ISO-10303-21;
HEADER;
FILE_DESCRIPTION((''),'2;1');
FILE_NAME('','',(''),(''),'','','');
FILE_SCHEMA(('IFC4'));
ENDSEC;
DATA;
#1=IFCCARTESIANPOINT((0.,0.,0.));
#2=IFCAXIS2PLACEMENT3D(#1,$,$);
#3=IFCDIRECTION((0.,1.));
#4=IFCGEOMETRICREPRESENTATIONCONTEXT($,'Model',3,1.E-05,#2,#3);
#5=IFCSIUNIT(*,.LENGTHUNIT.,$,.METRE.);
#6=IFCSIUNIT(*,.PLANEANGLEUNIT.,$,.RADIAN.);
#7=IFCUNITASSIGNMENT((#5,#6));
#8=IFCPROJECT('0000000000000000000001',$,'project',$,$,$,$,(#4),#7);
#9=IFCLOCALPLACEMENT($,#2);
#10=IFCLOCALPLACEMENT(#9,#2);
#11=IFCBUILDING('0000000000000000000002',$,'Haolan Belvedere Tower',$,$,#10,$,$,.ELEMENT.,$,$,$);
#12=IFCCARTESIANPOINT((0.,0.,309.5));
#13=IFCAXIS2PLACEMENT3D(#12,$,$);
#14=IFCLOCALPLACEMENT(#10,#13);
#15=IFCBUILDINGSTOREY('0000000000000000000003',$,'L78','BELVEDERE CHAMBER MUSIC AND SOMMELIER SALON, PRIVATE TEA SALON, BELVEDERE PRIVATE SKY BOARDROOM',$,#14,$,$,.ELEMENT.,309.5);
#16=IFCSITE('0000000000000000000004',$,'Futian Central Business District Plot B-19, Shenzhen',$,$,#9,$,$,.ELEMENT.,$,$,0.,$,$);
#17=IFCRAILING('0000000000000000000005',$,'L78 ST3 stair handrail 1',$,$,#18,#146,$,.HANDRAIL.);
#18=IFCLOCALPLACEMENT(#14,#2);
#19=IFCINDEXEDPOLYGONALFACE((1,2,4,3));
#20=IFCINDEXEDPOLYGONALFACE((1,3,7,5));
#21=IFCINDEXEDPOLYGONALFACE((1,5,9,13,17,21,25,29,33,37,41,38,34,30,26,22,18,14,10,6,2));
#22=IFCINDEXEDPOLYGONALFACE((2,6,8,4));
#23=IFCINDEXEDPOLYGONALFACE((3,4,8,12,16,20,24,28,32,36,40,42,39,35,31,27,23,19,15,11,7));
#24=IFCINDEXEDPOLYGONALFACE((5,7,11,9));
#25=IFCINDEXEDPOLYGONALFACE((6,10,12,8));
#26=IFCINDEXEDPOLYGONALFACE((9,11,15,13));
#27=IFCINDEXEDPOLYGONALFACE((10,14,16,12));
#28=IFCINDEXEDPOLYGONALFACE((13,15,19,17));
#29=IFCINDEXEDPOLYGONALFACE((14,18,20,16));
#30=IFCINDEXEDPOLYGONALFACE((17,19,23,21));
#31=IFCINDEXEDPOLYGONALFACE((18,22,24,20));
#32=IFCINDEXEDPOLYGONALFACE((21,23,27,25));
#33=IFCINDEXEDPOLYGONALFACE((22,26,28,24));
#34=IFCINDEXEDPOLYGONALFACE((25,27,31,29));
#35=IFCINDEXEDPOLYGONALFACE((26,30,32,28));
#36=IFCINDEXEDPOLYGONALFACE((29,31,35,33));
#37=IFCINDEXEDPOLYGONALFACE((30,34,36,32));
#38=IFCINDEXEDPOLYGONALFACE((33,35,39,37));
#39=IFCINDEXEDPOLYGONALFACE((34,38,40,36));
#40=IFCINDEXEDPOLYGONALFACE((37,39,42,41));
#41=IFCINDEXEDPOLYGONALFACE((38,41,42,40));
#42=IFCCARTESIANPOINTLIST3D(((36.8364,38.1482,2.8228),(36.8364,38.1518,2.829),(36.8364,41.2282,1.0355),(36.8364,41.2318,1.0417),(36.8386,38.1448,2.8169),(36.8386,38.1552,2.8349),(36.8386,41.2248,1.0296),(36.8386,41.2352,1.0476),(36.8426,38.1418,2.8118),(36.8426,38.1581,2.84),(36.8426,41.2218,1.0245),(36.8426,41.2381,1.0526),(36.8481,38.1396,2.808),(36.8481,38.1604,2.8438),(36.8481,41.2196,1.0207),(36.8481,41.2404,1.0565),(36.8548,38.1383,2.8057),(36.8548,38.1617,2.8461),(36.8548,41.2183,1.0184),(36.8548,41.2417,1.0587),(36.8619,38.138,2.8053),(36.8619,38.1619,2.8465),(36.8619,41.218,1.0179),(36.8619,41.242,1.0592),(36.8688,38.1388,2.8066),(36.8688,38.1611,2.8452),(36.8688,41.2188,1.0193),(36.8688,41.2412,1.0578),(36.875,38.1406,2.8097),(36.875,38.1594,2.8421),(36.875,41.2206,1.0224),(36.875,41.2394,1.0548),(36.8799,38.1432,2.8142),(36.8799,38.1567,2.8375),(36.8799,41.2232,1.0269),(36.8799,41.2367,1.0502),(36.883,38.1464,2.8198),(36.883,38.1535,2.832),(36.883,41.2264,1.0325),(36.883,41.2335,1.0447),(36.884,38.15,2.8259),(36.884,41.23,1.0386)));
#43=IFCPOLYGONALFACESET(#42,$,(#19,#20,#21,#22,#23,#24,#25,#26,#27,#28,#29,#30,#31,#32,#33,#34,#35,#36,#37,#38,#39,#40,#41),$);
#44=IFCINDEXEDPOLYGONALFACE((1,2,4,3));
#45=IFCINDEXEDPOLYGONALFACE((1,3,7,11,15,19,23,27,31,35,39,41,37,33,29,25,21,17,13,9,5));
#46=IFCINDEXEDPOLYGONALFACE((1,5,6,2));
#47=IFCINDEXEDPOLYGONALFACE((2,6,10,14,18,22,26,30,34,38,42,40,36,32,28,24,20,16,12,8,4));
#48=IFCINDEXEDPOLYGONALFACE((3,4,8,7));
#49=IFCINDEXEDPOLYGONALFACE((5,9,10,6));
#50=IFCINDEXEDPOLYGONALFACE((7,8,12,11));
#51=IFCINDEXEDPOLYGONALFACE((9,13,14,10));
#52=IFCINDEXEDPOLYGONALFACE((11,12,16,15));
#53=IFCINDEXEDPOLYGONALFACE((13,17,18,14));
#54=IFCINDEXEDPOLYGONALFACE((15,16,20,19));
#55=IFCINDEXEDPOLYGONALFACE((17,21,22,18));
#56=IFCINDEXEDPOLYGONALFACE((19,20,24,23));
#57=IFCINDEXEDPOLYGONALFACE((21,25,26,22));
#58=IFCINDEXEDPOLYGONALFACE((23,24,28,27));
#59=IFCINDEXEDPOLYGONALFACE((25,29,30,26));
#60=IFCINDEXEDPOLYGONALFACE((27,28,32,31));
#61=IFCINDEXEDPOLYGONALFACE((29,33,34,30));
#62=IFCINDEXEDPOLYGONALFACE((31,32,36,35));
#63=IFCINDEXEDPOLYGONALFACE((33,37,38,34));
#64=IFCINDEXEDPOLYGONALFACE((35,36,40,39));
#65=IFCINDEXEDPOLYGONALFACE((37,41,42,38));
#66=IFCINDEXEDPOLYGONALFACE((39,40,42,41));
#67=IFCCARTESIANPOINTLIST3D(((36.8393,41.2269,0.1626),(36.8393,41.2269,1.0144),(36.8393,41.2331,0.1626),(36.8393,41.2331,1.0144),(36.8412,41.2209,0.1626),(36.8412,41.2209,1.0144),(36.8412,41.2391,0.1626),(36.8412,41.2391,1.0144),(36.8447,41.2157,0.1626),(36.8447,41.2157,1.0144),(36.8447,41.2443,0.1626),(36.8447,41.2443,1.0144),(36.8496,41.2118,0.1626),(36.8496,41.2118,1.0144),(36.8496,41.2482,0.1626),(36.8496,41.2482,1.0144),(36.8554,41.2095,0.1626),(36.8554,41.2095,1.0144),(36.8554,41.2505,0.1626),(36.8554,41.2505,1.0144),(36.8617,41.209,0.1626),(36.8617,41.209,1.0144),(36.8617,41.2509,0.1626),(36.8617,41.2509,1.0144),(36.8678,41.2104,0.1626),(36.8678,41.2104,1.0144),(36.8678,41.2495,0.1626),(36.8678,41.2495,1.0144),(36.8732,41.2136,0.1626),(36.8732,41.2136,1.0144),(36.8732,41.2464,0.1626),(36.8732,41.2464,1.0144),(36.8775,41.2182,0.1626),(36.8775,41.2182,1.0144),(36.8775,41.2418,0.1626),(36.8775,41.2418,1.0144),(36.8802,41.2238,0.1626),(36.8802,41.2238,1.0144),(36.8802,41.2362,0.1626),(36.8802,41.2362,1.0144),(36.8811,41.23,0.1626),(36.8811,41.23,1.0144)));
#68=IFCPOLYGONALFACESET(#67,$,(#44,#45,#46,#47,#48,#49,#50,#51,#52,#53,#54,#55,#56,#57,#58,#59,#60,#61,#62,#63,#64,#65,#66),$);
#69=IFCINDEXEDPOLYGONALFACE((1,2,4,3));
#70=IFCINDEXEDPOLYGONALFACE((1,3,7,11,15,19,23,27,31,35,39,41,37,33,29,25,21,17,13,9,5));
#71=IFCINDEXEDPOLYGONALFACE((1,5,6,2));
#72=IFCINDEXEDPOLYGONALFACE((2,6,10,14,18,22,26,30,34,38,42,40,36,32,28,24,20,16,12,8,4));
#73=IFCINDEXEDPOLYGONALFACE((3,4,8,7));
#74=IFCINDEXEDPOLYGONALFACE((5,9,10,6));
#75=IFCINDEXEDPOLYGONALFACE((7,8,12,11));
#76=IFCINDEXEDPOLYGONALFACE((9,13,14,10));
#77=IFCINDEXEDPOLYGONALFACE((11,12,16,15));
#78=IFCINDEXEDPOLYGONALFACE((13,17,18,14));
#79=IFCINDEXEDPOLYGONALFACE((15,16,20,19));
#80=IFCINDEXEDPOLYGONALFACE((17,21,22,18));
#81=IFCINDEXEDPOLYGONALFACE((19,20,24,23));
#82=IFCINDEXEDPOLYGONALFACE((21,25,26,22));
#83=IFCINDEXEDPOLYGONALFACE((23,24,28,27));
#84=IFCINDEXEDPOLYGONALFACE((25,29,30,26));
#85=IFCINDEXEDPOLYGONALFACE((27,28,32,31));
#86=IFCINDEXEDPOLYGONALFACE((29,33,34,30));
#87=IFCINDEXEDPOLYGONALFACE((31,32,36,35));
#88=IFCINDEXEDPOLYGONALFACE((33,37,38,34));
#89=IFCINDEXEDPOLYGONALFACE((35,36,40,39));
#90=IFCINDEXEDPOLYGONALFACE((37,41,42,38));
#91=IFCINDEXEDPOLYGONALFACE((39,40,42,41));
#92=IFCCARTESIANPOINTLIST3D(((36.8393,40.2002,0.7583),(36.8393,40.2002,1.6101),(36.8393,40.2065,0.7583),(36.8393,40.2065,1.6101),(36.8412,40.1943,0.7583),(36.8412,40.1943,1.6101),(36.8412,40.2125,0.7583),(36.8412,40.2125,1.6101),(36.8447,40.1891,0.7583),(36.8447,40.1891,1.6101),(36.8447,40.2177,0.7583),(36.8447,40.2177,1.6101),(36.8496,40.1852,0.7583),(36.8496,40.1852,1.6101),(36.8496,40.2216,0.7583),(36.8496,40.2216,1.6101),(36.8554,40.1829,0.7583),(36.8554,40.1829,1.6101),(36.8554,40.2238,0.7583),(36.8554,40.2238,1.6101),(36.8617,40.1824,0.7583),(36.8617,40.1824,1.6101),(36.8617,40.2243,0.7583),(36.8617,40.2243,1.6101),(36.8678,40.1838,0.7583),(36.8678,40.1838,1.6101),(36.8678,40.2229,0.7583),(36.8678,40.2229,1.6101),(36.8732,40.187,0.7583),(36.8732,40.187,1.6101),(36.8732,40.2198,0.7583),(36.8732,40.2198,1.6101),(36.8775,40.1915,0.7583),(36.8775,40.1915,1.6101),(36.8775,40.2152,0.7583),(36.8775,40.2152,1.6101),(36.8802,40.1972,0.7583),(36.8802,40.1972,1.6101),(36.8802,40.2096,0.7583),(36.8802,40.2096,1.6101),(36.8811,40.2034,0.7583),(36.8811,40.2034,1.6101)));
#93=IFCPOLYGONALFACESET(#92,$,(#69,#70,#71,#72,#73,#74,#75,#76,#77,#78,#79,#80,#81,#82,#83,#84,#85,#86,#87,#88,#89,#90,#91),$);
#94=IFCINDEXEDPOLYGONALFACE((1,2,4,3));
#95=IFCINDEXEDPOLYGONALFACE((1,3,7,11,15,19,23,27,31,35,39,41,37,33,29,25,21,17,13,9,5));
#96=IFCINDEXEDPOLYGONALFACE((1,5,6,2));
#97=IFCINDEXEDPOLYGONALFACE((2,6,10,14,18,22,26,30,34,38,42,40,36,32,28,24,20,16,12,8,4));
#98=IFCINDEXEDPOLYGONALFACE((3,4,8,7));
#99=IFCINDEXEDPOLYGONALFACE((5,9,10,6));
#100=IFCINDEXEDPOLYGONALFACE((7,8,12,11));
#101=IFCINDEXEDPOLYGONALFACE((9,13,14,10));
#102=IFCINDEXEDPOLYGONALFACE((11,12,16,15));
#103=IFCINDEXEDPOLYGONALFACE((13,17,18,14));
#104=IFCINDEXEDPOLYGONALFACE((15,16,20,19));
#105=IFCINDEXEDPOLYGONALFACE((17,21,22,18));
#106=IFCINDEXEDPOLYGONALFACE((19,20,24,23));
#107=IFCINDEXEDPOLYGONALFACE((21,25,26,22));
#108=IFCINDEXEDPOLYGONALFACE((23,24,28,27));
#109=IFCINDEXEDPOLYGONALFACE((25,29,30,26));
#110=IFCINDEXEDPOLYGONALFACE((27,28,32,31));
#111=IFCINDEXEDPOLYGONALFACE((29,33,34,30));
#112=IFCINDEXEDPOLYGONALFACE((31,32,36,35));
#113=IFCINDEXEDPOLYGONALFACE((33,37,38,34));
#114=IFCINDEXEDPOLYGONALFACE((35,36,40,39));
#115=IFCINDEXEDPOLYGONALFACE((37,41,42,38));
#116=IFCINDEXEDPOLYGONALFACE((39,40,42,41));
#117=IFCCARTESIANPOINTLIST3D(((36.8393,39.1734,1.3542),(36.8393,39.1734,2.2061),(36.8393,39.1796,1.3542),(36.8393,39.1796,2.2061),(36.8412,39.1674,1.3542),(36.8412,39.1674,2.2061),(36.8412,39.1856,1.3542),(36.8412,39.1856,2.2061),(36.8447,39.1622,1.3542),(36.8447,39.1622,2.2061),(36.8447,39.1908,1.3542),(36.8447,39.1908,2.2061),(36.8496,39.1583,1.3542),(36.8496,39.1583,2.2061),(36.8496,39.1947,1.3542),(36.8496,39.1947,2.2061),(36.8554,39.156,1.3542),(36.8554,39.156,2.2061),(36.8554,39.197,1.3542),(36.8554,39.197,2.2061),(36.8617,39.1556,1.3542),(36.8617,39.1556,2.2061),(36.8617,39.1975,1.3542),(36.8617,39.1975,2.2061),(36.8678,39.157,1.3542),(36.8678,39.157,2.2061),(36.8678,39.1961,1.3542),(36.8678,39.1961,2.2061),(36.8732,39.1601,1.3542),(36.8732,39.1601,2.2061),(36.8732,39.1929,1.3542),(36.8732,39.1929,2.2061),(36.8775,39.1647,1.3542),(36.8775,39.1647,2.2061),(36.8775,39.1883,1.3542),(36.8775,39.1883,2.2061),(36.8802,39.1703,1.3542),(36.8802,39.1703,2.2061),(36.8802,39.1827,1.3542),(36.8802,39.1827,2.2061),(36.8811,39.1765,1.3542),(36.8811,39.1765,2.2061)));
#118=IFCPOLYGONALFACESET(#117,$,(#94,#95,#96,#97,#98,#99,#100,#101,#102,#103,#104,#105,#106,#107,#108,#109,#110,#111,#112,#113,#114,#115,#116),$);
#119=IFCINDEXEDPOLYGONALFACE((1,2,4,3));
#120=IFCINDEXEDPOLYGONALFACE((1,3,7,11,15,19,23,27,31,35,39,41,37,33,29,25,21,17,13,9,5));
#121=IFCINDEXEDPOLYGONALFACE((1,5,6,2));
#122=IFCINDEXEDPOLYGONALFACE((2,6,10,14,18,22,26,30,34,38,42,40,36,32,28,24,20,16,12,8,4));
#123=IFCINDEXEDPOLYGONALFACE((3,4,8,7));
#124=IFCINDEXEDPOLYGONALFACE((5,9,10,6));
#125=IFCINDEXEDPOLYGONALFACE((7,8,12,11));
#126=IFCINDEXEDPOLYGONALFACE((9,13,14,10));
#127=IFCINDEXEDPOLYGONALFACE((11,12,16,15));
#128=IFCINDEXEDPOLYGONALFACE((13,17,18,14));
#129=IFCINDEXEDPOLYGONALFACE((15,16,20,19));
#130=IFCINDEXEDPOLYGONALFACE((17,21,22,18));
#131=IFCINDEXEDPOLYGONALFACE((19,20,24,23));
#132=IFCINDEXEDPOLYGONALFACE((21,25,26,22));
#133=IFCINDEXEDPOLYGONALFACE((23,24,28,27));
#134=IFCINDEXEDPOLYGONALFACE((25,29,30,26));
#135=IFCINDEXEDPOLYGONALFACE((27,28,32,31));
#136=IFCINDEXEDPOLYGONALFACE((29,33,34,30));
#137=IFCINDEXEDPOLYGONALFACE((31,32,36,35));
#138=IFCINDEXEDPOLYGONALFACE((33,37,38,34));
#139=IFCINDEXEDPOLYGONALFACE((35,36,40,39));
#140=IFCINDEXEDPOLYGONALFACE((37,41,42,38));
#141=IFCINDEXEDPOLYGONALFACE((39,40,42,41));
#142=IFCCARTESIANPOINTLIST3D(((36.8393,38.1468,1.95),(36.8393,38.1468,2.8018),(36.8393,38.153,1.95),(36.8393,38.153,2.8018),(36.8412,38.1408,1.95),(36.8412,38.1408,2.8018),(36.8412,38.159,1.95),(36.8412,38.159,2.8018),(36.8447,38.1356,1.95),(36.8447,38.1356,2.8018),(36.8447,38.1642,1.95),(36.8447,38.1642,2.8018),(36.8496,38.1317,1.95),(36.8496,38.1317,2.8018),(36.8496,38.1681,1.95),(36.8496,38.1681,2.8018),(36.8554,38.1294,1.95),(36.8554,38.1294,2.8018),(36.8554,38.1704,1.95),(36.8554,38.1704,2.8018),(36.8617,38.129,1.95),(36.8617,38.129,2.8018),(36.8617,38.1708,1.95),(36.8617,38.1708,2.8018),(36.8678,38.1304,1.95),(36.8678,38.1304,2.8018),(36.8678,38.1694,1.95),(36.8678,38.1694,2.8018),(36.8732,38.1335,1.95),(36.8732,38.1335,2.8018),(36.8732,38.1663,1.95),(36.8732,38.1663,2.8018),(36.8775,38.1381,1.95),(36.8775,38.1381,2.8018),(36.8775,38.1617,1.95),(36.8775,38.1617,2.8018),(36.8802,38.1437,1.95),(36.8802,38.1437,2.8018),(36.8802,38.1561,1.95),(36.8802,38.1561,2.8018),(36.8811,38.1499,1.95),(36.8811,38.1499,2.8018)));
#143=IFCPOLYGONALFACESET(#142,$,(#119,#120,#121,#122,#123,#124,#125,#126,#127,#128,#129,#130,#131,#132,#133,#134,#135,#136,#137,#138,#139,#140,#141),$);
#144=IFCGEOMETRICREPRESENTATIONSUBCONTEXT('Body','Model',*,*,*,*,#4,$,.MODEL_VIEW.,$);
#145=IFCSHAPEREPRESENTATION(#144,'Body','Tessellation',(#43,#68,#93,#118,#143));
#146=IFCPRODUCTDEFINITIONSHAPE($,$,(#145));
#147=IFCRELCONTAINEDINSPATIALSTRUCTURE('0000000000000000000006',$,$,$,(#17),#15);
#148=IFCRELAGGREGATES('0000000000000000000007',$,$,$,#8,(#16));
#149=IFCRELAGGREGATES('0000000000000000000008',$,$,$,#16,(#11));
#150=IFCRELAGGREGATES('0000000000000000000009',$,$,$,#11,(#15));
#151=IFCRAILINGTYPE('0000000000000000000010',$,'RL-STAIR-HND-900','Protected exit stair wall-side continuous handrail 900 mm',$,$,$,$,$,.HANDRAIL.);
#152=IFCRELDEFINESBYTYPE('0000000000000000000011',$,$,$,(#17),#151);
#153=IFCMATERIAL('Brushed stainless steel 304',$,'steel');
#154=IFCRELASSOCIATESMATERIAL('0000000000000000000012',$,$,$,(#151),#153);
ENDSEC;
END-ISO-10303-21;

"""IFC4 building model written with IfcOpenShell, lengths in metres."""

from ifc_helpers import new_model, si_unit, direction, frame, origin, origin_2d, place, context, subcontext, project, spatial, circle, extrude, material, type_object, element, save


model = new_model("IFC4")

# Units and contexts
model_context = context("Model", 3, precision=1e-05, world=origin(), true_north=direction((0.0, 1.0)))
body_context = subcontext(model_context, "Body", "Model", "MODEL_VIEW")
ifc_project = project(units=[si_unit("LENGTHUNIT", "METRE"), si_unit("PLANEANGLEUNIT", "RADIAN")], contexts=[model_context])

# Site, building, storey
site_placement = place(None, origin())
site = spatial("IfcSite", under=ifc_project, at=site_placement, Name="Futian Central Business District Plot B-19, Shenzhen", CompositionType="ELEMENT", RefElevation=0.0)
building_placement = place(site_placement, origin())
building = spatial("IfcBuilding", under=site, at=building_placement, Name="Haolan Belvedere Tower", CompositionType="ELEMENT")
storey_placement = place(building_placement, frame((0.0, 0.0, 309.5)))
storey = spatial("IfcBuildingStorey", under=building, at=storey_placement, Name="L78", Description="BELVEDERE CHAMBER MUSIC AND SOMMELIER SALON, PRIVATE TEA SALON, BELVEDERE PRIVATE SKY BOARDROOM", CompositionType="ELEMENT", Elevation=309.5)

# Railing
ifc_material_1 = material(Name="Brushed stainless steel 304", Category="steel")
railing_type_1 = type_object("IfcRailingType", Name="RL-STAIR-HND-900", Description="Protected exit stair wall-side continuous handrail 900 mm", PredefinedType="HANDRAIL", material=ifc_material_1)
railing_1_placement = place(storey_placement, frame((36.8601, 41.23, 0.1626)))
element("IfcRailing", 1, at=railing_1_placement, inside=storey, type_object=railing_type_1, Name="L78 ST3 stair handrail 1", PredefinedType="HANDRAIL", context=body_context, shape_type="SweptSolid", body=[
    extrude(circle(Radius=0.0239, at=origin_2d()), frame((0.0, 0.0, 0.876), z_axis=(0.0, -0.86492, 0.501909), x_axis=(1.0, 0.0, 0.0)), (0.0, 0.0, 1.0), 3.561),
    extrude(circle(Radius=0.021, at=origin_2d()), origin(), (0.0, 0.0, 1.0), 0.8518),
    extrude(circle(Radius=0.021, at=origin_2d()), frame((0.0, -1.0266, 0.5957)), (0.0, 0.0, 1.0), 0.8518),
    extrude(circle(Radius=0.021, at=origin_2d()), frame((0.0, -2.0535, 1.1917)), (0.0, 0.0, 1.0), 0.8518),
    extrude(circle(Radius=0.021, at=origin_2d()), frame((0.0, -3.0801, 1.7874)), (0.0, 0.0, 1.0), 0.8518),
])

save(model, "model.ifc")
